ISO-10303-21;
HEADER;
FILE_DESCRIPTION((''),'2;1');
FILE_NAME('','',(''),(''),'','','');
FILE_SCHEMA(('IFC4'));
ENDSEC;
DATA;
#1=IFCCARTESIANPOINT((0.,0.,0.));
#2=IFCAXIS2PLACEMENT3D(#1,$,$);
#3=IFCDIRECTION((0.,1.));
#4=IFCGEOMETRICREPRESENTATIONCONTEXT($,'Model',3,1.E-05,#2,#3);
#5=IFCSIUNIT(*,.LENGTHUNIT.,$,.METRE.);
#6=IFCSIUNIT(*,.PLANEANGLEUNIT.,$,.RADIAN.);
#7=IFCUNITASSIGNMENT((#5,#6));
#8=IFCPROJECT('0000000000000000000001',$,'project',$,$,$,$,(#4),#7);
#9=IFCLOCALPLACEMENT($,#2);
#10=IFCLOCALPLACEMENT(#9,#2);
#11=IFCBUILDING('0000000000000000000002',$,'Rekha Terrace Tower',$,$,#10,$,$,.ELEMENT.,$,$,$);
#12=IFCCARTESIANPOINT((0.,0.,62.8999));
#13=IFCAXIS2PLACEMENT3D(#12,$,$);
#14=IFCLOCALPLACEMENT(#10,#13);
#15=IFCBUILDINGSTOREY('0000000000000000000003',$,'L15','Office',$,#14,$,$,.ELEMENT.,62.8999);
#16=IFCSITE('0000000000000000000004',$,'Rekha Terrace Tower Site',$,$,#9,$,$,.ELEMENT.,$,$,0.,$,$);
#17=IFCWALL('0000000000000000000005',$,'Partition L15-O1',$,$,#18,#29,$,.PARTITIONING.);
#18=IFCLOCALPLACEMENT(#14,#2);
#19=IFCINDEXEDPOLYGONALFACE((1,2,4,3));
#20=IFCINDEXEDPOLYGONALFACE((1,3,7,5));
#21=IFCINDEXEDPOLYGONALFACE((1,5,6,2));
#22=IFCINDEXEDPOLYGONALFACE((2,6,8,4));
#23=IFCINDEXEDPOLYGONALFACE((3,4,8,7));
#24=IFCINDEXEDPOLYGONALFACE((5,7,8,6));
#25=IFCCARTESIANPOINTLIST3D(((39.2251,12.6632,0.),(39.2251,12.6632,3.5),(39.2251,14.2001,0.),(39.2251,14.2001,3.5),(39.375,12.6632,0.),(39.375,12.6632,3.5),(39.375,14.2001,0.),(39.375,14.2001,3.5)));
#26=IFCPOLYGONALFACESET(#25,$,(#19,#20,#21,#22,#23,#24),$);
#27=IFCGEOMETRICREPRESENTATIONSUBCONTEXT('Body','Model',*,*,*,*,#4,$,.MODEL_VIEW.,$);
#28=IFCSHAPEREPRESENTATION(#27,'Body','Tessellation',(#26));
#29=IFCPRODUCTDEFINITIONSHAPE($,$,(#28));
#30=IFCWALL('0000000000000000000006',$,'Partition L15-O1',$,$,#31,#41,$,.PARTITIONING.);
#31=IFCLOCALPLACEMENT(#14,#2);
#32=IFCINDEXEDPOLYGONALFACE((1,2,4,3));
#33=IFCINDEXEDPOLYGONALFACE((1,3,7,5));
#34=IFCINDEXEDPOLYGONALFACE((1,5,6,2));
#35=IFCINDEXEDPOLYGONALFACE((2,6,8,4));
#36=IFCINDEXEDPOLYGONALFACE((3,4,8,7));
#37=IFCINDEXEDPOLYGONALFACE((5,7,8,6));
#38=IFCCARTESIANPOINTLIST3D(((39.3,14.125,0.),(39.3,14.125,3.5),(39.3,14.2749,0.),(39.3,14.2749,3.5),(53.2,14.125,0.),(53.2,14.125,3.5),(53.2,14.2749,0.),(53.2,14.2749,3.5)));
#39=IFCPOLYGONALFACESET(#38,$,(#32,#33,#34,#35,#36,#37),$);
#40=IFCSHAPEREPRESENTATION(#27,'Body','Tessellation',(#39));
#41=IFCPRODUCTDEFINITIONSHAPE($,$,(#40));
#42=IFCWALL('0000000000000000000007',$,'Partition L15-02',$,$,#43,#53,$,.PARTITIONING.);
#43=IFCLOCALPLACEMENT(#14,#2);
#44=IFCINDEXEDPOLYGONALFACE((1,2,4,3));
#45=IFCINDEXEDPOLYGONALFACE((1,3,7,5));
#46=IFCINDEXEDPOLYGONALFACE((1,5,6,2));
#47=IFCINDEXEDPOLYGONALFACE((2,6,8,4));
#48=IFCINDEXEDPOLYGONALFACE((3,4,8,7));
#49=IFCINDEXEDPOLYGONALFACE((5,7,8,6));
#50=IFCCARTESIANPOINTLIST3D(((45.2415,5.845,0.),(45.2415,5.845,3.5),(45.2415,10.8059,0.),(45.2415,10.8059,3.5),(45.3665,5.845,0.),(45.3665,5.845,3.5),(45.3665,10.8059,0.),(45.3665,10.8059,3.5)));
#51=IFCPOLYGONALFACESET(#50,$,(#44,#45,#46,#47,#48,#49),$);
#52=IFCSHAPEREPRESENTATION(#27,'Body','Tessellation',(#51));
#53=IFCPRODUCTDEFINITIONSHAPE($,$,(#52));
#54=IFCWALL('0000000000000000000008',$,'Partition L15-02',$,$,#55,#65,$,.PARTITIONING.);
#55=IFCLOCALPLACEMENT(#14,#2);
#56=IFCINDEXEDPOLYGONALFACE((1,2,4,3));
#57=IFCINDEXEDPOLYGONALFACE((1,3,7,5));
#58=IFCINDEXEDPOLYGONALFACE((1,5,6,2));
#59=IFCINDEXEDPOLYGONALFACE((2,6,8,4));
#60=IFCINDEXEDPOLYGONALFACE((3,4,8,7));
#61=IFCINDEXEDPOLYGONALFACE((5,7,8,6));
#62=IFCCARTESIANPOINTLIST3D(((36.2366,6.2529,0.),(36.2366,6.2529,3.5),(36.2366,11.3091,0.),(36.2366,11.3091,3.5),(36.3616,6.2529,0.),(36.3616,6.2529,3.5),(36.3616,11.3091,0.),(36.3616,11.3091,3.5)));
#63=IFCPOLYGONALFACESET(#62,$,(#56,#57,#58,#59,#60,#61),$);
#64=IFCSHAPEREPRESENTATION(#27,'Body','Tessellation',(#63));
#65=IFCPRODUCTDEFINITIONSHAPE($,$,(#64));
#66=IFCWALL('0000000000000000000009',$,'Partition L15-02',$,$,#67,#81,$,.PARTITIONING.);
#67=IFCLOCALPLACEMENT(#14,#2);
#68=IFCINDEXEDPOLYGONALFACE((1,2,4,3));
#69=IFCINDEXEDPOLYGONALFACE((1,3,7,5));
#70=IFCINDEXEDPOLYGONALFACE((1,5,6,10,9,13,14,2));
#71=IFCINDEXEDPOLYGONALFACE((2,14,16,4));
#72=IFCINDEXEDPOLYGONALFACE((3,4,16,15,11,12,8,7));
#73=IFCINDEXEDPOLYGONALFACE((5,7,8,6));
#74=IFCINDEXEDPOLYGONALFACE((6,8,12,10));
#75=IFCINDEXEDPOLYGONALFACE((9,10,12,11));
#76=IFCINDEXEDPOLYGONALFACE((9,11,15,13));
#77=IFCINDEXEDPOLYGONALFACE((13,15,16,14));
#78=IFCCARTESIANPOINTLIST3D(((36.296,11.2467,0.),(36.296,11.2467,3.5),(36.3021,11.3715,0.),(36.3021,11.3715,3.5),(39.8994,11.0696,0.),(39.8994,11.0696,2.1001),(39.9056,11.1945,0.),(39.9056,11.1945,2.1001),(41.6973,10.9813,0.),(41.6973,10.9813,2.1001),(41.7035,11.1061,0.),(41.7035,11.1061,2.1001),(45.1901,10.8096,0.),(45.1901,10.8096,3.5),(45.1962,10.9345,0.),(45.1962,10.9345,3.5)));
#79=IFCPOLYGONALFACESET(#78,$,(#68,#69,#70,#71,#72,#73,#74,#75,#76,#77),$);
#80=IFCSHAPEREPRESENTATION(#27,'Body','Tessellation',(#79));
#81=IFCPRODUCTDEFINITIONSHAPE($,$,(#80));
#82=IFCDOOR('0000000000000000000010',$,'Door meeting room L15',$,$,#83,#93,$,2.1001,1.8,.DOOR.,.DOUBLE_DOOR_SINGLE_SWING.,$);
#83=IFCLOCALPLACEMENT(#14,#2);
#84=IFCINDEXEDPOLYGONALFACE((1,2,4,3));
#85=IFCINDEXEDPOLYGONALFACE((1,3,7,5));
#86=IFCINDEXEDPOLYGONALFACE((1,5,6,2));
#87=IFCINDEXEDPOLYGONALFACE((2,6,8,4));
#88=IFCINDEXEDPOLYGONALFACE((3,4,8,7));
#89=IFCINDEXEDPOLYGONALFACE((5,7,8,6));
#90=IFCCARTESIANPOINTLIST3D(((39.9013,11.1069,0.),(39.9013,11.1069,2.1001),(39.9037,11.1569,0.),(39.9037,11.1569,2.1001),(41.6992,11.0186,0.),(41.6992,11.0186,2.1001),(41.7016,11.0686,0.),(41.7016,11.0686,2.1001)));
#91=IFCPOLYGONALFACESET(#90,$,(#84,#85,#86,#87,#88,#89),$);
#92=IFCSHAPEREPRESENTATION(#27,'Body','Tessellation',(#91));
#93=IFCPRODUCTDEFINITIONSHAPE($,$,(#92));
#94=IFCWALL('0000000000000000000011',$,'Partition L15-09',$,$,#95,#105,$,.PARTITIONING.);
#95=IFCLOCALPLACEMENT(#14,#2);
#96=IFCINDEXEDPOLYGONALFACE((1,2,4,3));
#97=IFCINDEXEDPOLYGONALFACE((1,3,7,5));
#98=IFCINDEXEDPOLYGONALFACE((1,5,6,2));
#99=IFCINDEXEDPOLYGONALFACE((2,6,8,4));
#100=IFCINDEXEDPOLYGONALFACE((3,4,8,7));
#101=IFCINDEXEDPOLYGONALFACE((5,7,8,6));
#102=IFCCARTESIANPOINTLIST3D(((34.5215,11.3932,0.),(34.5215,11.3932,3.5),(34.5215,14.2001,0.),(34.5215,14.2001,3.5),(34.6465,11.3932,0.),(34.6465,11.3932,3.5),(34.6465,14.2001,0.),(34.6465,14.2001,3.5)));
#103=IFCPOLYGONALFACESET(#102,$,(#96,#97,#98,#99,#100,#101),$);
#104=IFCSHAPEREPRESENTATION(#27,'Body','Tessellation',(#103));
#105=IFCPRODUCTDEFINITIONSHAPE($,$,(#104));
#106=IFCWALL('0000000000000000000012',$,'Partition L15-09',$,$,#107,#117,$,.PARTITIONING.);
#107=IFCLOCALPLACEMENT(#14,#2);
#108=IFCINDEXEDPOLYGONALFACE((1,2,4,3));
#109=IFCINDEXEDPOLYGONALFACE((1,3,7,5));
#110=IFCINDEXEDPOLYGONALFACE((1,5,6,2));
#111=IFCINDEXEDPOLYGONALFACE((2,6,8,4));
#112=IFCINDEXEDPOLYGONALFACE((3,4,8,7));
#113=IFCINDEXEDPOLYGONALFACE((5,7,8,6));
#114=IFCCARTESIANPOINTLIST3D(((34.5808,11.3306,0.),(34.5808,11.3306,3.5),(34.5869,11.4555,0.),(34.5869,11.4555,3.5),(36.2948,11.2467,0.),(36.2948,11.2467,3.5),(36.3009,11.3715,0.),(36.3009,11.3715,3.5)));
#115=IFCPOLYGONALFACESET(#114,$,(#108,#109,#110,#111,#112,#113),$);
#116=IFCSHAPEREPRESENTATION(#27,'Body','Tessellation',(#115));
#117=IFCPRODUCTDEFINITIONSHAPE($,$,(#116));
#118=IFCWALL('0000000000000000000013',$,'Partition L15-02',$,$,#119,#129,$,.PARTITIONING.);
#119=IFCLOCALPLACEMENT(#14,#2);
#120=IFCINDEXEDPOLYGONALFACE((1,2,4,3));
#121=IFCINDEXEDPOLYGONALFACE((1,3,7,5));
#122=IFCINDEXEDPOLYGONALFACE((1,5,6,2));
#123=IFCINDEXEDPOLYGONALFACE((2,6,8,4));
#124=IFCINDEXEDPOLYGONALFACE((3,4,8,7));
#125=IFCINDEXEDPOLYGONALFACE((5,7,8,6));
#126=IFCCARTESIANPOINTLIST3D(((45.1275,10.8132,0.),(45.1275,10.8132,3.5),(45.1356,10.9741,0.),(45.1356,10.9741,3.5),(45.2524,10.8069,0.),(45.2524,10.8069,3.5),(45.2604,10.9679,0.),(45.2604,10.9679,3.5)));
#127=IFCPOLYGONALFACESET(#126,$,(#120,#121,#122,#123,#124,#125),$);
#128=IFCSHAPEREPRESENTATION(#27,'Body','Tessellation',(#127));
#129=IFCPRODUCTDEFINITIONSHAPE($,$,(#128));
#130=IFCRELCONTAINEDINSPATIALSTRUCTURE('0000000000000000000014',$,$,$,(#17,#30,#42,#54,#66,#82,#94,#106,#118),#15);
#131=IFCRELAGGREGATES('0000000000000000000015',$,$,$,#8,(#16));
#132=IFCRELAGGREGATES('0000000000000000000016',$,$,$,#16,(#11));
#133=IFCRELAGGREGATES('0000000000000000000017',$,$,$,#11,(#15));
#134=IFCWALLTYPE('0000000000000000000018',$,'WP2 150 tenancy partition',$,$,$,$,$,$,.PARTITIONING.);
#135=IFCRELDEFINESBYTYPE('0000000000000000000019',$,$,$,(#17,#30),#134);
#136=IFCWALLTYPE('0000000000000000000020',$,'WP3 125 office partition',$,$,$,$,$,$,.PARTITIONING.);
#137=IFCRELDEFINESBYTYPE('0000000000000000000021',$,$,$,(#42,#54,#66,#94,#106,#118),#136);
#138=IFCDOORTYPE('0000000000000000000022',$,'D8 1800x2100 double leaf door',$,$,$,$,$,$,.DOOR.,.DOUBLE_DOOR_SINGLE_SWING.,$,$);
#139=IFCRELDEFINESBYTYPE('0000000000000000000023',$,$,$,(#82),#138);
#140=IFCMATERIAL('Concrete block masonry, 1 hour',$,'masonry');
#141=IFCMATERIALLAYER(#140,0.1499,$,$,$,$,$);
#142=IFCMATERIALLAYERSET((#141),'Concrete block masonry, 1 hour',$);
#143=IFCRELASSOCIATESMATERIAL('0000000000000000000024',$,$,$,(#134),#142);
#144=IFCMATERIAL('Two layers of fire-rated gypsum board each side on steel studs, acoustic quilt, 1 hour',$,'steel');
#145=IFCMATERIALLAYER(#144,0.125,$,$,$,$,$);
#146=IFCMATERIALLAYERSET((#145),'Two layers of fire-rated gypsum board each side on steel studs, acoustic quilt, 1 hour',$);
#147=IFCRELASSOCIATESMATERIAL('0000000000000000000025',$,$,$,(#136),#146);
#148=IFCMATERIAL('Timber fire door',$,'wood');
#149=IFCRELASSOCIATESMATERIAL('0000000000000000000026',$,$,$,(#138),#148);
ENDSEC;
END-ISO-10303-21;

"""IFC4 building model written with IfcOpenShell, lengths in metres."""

from ifc_helpers import new_model, si_unit, direction, frame, frame_2d, origin, place, context, subcontext, project, spatial, rectangle, extrude, material, layer, layer_set, type_object, element, fill, save


model = new_model("IFC4")

# Units and contexts
model_context = context("Model", 3, precision=1e-05, world=origin(), true_north=direction((0.0, 1.0)))
body_context = subcontext(model_context, "Body", "Model", "MODEL_VIEW")
ifc_project = project(units=[si_unit("LENGTHUNIT", "METRE"), si_unit("PLANEANGLEUNIT", "RADIAN")], contexts=[model_context])

# Site, building, storey
site_placement = place(None, origin())
site = spatial("IfcSite", under=ifc_project, at=site_placement, Name="Rekha Terrace Tower Site", CompositionType="ELEMENT", RefElevation=0.0)
building_placement = place(site_placement, origin())
building = spatial("IfcBuilding", under=site, at=building_placement, Name="Rekha Terrace Tower", CompositionType="ELEMENT")
storey_placement = place(building_placement, frame((0.0, 0.0, 62.8999)))
storey = spatial("IfcBuildingStorey", under=building, at=storey_placement, Name="L15", Description="Office", CompositionType="ELEMENT", Elevation=62.8999)

# Shared definitions
ifc_material_1 = material(Name="Concrete block masonry, 1 hour", Category="masonry")
ifc_layer_1 = layer(ifc_material_1, 0.1499)
ifc_layer_set_1 = layer_set([ifc_layer_1], Name="Concrete block masonry, 1 hour")
wall_type_1 = type_object("IfcWallType", Name="WP2 150 tenancy partition", PredefinedType="PARTITIONING", material=ifc_layer_set_1)

# Walls
wall_1_placement = place(storey_placement, frame((39.3, 12.6631, 0.0), z_axis=(0.0, 0.0, 1.0), x_axis=(0.0, 1.0, 0.0)))
element("IfcWall", 1, at=wall_1_placement, inside=storey, type_object=wall_type_1, Name="Partition L15-O1", PredefinedType="PARTITIONING", context=body_context, shape_type="SweptSolid", body=[
    extrude(rectangle(XDim=1.5369, YDim=0.1499, at=frame_2d((0.7686, 0.0))), origin(), (0.0, 0.0, 1.0), 3.5),
])
wall_2_placement = place(storey_placement, frame((39.3, 14.2, 0.0), z_axis=(0.0, 0.0, 1.0), x_axis=(1.0, 0.0, 0.0)))
element("IfcWall", 2, at=wall_2_placement, inside=storey, type_object=wall_type_1, Name="Partition L15-O1", PredefinedType="PARTITIONING", context=body_context, shape_type="SweptSolid", body=[
    extrude(rectangle(XDim=13.8999, YDim=0.1499, at=frame_2d((6.95, 0.0))), origin(), (0.0, 0.0, 1.0), 3.5),
])
ifc_material_2 = material(Name="Two layers of fire-rated gypsum board each side on steel studs, acoustic quilt, 1 hour", Category="steel")
ifc_layer_2 = layer(ifc_material_2, 0.125)
ifc_layer_set_2 = layer_set([ifc_layer_2], Name="Two layers of fire-rated gypsum board each side on steel studs, acoustic quilt, 1 hour")
wall_type_2 = type_object("IfcWallType", Name="WP3 125 office partition", PredefinedType="PARTITIONING", material=ifc_layer_set_2)
wall_3_placement = place(storey_placement, frame((45.304, 10.8059, 0.0), z_axis=(0.0, 0.0, 1.0), x_axis=(0.0, -1.0, 0.0)))
element("IfcWall", 3, at=wall_3_placement, inside=storey, type_object=wall_type_2, Name="Partition L15-02", PredefinedType="PARTITIONING", context=body_context, shape_type="SweptSolid", body=[
    extrude(rectangle(XDim=4.9609, YDim=0.125, at=frame_2d((2.4805, 0.0))), origin(), (0.0, 0.0, 1.0), 3.5),
])
wall_4_placement = place(storey_placement, frame((36.2991, 6.2529, 0.0), z_axis=(0.0, 0.0, 1.0), x_axis=(0.0, 1.0, 0.0)))
element("IfcWall", 4, at=wall_4_placement, inside=storey, type_object=wall_type_2, Name="Partition L15-02", PredefinedType="PARTITIONING", context=body_context, shape_type="SweptSolid", body=[
    extrude(rectangle(XDim=5.0562, YDim=0.125, at=frame_2d((2.5281, 0.0))), origin(), (0.0, 0.0, 1.0), 3.5),
])

# Wall, opening, door
wall_5_placement = place(storey_placement, frame((36.2991, 11.3091, 0.0), z_axis=(0.0, 0.0, 1.0), x_axis=(0.998795, -0.049076, 0.0)))
wall_5 = element("IfcWall", 5, at=wall_5_placement, inside=storey, type_object=wall_type_2, Name="Partition L15-02", PredefinedType="PARTITIONING", context=body_context, shape_type="SweptSolid", body=[
    extrude(rectangle(XDim=8.9048, YDim=0.125, at=frame_2d((4.4524, 0.0))), origin(), (0.0, 0.0, 1.0), 3.5),
])
opening_1_placement = place(wall_5_placement, frame((3.6079, 0.0, 0.0)))
opening_1 = element("IfcOpeningElement", 6, at=opening_1_placement, cuts=wall_5, PredefinedType="OPENING", context=body_context, shape_type="SweptSolid", body=[
    extrude(rectangle(XDim=1.8, YDim=2.1001, at=frame_2d((0.8999, 1.05))), frame((0.0, 0.0725, 0.0), z_axis=(0.0, -1.0, 0.0), x_axis=(1.0, 0.0, 0.0)), (0.0, 0.0, 1.0), 0.145),
])
ifc_material_3 = material(Name="Timber fire door", Category="wood")
door_type_1 = type_object("IfcDoorType", Name="D8 1800x2100 double leaf door", OperationType="DOUBLE_DOOR_SINGLE_SWING", PredefinedType="DOOR", material=ifc_material_3)
door_1_placement = place(opening_1_placement, origin())
door_1 = element("IfcDoor", 7, at=door_1_placement, inside=storey, type_object=door_type_1, Name="Door meeting room L15", OperationType="DOUBLE_DOOR_SINGLE_SWING", OverallHeight=2.1001, OverallWidth=1.8, PredefinedType="DOOR", context=body_context, shape_type="SweptSolid", body=[
    extrude(rectangle(XDim=1.8, YDim=2.1001, at=frame_2d((0.8999, 1.05))), frame((0.0, 0.0249, 0.0), z_axis=(0.0, -1.0, 0.0), x_axis=(1.0, 0.0, 0.0)), (0.0, 0.0, 1.0), 0.05),
])
fill(opening_1, door_1)

# Walls
wall_6_placement = place(storey_placement, frame((34.584, 14.2, 0.0), z_axis=(0.0, 0.0, 1.0), x_axis=(0.0, -1.0, 0.0)))
element("IfcWall", 8, at=wall_6_placement, inside=storey, type_object=wall_type_2, Name="Partition L15-09", PredefinedType="PARTITIONING", context=body_context, shape_type="SweptSolid", body=[
    extrude(rectangle(XDim=2.8069, YDim=0.125, at=frame_2d((1.4033, 0.0))), origin(), (0.0, 0.0, 1.0), 3.5),
])
wall_7_placement = place(storey_placement, frame((34.584, 11.3931, 0.0), z_axis=(0.0, 0.0, 1.0), x_axis=(0.998802, -0.048937, 0.0)))
element("IfcWall", 9, at=wall_7_placement, inside=storey, type_object=wall_type_2, Name="Partition L15-09", PredefinedType="PARTITIONING", context=body_context, shape_type="SweptSolid", body=[
    extrude(rectangle(XDim=1.7161, YDim=0.125, at=frame_2d((0.8579, 0.0))), origin(), (0.0, 0.0, 1.0), 3.5),
])
wall_8_placement = place(storey_placement, frame((45.1899, 10.8101, 0.0), z_axis=(0.0, 0.0, 1.0), x_axis=(0.050013, 0.998749, 0.0)))
element("IfcWall", 10, at=wall_8_placement, inside=storey, type_object=wall_type_2, Name="Partition L15-02", PredefinedType="PARTITIONING", context=body_context, shape_type="SweptSolid", body=[
    extrude(rectangle(XDim=0.1611, YDim=0.125, at=frame_2d((0.0806, 0.0))), origin(), (0.0, 0.0, 1.0), 3.5),
])

save(model, "model.ifc")
